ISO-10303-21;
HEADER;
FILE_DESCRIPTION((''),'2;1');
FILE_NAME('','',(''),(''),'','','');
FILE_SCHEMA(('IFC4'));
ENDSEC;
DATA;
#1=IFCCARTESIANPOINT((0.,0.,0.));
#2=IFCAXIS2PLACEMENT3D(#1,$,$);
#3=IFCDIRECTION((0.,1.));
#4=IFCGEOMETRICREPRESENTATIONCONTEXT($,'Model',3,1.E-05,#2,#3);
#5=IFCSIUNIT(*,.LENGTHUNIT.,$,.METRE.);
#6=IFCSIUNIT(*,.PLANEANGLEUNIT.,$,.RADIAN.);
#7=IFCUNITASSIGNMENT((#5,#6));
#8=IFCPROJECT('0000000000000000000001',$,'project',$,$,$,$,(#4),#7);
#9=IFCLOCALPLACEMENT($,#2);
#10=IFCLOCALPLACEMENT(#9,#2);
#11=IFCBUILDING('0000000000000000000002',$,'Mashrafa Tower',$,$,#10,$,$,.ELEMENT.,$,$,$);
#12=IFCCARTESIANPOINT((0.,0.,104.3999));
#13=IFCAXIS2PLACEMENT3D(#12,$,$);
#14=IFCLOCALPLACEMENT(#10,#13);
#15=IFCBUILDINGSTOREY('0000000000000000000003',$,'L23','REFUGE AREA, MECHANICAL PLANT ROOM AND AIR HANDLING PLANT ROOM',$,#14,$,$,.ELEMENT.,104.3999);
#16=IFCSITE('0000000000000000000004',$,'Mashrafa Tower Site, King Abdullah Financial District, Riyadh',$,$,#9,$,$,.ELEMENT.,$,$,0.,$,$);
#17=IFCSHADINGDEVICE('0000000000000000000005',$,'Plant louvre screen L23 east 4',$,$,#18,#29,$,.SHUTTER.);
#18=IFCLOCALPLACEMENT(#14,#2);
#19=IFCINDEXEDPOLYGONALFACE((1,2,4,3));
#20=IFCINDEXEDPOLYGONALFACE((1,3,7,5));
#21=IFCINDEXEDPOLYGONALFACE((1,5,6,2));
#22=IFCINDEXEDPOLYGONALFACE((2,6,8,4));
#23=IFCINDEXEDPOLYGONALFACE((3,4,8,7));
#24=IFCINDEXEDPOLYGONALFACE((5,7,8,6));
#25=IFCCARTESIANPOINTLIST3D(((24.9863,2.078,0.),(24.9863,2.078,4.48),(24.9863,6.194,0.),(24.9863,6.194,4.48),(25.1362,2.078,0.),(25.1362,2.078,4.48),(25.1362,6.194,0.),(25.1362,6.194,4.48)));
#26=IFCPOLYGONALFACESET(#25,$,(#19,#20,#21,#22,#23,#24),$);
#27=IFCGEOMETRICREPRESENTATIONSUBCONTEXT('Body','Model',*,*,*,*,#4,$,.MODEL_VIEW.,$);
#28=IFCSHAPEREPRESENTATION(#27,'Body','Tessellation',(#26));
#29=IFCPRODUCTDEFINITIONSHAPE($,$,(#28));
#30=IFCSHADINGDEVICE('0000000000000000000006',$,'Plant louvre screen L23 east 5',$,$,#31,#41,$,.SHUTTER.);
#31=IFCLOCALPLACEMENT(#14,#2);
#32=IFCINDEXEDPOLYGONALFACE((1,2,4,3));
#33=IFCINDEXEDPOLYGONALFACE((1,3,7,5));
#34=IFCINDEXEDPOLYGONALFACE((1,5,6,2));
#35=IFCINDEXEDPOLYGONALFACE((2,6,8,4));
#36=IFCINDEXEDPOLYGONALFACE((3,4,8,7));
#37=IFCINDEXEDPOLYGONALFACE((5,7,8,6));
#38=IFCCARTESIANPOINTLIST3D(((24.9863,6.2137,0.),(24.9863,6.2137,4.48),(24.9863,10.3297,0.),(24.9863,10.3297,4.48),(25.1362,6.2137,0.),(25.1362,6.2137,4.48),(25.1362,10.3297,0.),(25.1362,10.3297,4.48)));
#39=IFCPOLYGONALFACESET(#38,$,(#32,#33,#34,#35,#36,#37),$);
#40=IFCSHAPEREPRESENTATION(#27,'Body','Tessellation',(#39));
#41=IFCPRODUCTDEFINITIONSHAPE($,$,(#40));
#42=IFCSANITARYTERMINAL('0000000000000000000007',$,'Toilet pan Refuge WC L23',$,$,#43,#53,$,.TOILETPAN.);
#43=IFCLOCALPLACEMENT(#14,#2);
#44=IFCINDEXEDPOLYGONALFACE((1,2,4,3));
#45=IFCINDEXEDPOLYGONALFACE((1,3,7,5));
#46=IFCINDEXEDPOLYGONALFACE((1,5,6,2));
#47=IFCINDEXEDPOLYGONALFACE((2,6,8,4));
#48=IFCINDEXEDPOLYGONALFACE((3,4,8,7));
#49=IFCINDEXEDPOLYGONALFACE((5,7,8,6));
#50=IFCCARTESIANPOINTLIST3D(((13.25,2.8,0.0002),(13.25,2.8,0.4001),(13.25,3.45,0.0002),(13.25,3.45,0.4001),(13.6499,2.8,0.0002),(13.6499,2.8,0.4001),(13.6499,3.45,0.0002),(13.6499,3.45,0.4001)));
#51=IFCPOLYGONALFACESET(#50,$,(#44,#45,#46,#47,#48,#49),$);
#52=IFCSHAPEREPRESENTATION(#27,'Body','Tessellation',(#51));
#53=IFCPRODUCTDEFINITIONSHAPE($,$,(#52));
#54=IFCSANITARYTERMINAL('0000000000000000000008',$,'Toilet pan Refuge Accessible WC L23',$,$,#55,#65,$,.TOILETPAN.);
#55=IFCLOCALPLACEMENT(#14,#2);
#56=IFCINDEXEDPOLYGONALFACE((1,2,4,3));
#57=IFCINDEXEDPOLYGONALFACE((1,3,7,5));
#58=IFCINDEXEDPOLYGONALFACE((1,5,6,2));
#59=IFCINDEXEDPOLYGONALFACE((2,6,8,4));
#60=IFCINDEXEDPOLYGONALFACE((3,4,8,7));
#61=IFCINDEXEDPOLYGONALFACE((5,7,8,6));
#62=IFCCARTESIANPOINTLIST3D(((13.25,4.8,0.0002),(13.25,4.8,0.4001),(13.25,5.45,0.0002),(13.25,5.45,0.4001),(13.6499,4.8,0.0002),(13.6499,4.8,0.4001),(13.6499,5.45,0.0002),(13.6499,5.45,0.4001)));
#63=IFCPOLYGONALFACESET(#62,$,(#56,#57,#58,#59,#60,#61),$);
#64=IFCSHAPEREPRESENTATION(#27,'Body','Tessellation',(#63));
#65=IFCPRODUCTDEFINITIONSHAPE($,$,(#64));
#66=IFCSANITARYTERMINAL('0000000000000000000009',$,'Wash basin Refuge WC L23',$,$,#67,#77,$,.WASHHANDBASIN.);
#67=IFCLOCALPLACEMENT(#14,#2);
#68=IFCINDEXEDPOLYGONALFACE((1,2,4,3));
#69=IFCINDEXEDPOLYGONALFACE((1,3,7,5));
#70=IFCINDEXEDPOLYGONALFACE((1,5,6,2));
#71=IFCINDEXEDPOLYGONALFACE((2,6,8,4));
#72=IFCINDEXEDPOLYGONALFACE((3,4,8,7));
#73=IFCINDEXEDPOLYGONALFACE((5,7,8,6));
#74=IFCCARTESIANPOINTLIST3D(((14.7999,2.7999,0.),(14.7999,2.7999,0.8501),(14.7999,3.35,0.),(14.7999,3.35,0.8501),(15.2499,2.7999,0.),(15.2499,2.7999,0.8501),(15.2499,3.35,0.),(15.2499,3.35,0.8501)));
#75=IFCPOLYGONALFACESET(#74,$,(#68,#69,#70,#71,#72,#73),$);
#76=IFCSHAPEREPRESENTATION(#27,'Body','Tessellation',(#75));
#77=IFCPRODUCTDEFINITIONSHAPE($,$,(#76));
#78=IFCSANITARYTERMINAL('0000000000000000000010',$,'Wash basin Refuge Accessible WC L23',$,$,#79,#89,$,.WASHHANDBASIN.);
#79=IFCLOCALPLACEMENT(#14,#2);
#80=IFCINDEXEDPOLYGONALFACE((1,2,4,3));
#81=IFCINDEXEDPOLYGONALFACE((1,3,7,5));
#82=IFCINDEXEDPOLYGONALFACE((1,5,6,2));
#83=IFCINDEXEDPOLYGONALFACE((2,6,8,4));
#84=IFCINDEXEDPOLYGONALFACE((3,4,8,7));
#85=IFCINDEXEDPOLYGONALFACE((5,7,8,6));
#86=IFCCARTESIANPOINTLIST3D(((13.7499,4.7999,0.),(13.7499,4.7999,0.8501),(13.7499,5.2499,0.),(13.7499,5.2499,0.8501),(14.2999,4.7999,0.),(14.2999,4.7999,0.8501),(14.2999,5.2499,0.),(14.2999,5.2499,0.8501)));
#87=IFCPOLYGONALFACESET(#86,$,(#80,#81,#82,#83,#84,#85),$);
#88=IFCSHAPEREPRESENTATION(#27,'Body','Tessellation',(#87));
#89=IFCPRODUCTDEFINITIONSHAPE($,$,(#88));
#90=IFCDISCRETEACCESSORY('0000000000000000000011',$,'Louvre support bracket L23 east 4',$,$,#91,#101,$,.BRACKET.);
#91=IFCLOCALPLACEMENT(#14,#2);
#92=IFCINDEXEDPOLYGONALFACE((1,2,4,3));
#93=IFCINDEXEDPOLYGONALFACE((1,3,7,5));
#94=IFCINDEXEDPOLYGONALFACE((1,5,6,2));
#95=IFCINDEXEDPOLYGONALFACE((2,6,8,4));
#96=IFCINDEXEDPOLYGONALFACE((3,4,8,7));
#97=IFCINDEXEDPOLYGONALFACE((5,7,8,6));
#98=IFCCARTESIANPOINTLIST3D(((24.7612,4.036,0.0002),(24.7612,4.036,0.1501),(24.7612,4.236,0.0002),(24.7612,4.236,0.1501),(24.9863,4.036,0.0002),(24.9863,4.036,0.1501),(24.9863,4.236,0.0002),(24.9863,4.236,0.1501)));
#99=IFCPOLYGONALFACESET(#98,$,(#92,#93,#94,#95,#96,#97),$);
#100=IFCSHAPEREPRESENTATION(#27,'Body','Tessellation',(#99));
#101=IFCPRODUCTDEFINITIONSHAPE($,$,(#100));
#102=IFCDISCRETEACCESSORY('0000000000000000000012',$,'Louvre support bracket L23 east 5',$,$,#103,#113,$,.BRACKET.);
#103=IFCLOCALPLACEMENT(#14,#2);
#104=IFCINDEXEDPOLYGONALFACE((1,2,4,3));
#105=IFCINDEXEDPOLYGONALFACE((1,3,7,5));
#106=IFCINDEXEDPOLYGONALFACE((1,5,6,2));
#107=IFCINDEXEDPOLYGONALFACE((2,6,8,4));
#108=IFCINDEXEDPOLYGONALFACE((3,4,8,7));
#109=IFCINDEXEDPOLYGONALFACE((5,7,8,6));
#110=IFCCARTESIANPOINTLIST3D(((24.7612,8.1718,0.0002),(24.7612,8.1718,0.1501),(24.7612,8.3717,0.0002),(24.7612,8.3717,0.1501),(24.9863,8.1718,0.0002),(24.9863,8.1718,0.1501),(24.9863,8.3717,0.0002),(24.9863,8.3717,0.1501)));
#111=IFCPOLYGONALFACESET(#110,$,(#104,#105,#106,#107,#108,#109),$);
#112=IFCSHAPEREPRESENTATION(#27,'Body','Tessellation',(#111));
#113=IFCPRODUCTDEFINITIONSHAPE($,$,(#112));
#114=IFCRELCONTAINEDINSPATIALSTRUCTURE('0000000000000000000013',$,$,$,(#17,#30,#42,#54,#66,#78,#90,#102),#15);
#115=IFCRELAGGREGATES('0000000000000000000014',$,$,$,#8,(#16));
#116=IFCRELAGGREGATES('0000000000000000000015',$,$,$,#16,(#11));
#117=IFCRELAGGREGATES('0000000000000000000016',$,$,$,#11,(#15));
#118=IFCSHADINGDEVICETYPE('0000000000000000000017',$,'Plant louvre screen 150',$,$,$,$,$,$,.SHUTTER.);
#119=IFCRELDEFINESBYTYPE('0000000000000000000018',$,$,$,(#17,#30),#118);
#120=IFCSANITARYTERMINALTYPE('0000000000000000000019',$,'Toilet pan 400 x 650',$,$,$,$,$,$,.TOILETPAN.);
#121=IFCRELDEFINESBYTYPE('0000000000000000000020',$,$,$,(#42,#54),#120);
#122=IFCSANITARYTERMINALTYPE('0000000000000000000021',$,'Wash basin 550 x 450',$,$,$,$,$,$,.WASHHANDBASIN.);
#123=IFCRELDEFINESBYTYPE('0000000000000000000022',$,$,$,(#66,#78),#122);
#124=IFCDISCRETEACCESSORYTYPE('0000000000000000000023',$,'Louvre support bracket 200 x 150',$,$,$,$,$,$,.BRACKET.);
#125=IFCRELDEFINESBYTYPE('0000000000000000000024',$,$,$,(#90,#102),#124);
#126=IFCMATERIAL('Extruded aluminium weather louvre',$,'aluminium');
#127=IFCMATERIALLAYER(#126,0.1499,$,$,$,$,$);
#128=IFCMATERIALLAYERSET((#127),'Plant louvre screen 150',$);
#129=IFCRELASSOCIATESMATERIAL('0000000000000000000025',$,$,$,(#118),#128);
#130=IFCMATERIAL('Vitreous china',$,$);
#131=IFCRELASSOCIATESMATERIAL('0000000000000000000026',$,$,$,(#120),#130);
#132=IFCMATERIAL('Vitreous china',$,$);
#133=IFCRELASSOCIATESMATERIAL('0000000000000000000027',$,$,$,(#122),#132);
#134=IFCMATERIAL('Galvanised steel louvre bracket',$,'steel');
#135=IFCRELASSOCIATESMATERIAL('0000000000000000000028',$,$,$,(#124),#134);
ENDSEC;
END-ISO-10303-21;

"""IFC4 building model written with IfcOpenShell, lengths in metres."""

from ifc_helpers import new_model, si_unit, direction, frame, origin, origin_2d, place, context, subcontext, project, spatial, rectangle, extrude, source, transform, mapped, material, layer, layer_set, type_object, type_shapes, element, save


model = new_model("IFC4")

# Units and contexts
model_context = context("Model", 3, precision=1e-05, world=origin(), true_north=direction((0.0, 1.0)))
body_context = subcontext(model_context, "Body", "Model", "MODEL_VIEW")
ifc_project = project(units=[si_unit("LENGTHUNIT", "METRE"), si_unit("PLANEANGLEUNIT", "RADIAN")], contexts=[model_context])

# Site, building, storey
site_placement = place(None, origin())
site = spatial("IfcSite", under=ifc_project, at=site_placement, Name="Mashrafa Tower Site, King Abdullah Financial District, Riyadh", CompositionType="ELEMENT", RefElevation=0.0)
building_placement = place(site_placement, origin())
building = spatial("IfcBuilding", under=site, at=building_placement, Name="Mashrafa Tower", CompositionType="ELEMENT")
storey_placement = place(building_placement, frame((0.0, 0.0, 104.3999)))
storey = spatial("IfcBuildingStorey", under=building, at=storey_placement, Name="L23", Description="REFUGE AREA, MECHANICAL PLANT ROOM AND AIR HANDLING PLANT ROOM", CompositionType="ELEMENT", Elevation=104.3999)

# Shading devices
ifc_material_1 = material(Name="Extruded aluminium weather louvre", Category="aluminium")
ifc_layer_1 = layer(ifc_material_1, 0.1499)
ifc_layer_set_1 = layer_set([ifc_layer_1], Name="Plant louvre screen 150")
shading_device_type = type_object("IfcShadingDeviceType", Name="Plant louvre screen 150", PredefinedType="SHUTTER", material=ifc_layer_set_1)
shared_shape_1 = source(origin(), body_context, "Body", "SweptSolid", [
    extrude(rectangle(XDim=4.116, YDim=0.1499, at=origin_2d()), origin(), (0.0, 0.0, 1.0), 4.48),
])
type_shapes(shading_device_type, [shared_shape_1])
for number, where, z_axis, x_axis, name in (
    (1, (25.0613, 4.136, 0.0), (0.0, 0.0, 1.0), (0.0, 1.0, 0.0), "Plant louvre screen L23 east 4"),
    (2, (25.0613, 8.2717, 0.0), (0.0, 0.0, 1.0), (0.0, 1.0, 0.0), "Plant louvre screen L23 east 5"),
):
    element("IfcShadingDevice", number, at=place(storey_placement, frame(where, z_axis=z_axis, x_axis=x_axis)), inside=storey, type_object=shading_device_type, Name=name, PredefinedType="SHUTTER", context=body_context, shape_type="MappedRepresentation", body=[
        mapped(shared_shape_1, transform((0.0, 0.0, 0.0))),
    ])

# Sanitary terminals
ifc_material_2 = material(Name="Vitreous china")
sanitary_terminal_type_1 = type_object("IfcSanitaryTerminalType", Name="Toilet pan 400 x 650", PredefinedType="TOILETPAN", material=ifc_material_2)
for number, where, z_axis, x_axis, name in (
    (3, (13.45, 3.125, 0.0002), (0.0, 0.0, 1.0), (1.0, 0.0, 0.0), "Toilet pan Refuge WC L23"),
    (4, (13.45, 5.125, 0.0002), (0.0, 0.0, 1.0), (1.0, 0.0, 0.0), "Toilet pan Refuge Accessible WC L23"),
):
    element("IfcSanitaryTerminal", number, at=place(storey_placement, frame(where, z_axis=z_axis, x_axis=x_axis)), inside=storey, type_object=sanitary_terminal_type_1, Name=name, PredefinedType="TOILETPAN", context=body_context, shape_type="SweptSolid", body=[
        extrude(rectangle(XDim=0.3999, YDim=0.6499, at=origin_2d()), origin(), (0.0, 0.0, 1.0), 0.3999),
    ])
ifc_material_3 = material(Name="Vitreous china")
sanitary_terminal_type_2 = type_object("IfcSanitaryTerminalType", Name="Wash basin 550 x 450", PredefinedType="WASHHANDBASIN", material=ifc_material_3)
for number, where, z_axis, x_axis, name in (
    (5, (15.0249, 3.075, 0.0), (0.0, 0.0, 1.0), (0.0, 1.0, 0.0), "Wash basin Refuge WC L23"),
    (6, (14.0249, 5.0249, 0.0), (0.0, 0.0, 1.0), (1.0, 0.0, 0.0), "Wash basin Refuge Accessible WC L23"),
):
    element("IfcSanitaryTerminal", number, at=place(storey_placement, frame(where, z_axis=z_axis, x_axis=x_axis)), inside=storey, type_object=sanitary_terminal_type_2, Name=name, PredefinedType="WASHHANDBASIN", context=body_context, shape_type="SweptSolid", body=[
        extrude(rectangle(XDim=0.55, YDim=0.45, at=origin_2d()), origin(), (0.0, 0.0, 1.0), 0.8501),
    ])

# Discrete accessories
ifc_material_4 = material(Name="Galvanised steel louvre bracket", Category="steel")
discrete_accessory_type = type_object("IfcDiscreteAccessoryType", Name="Louvre support bracket 200 x 150", PredefinedType="BRACKET", material=ifc_material_4)
shared_shape_2 = source(origin(), body_context, "Body", "SweptSolid", [
    extrude(rectangle(XDim=0.2, YDim=0.2251, at=origin_2d()), origin(), (0.0, 0.0, 1.0), 0.1499),
])
type_shapes(discrete_accessory_type, [shared_shape_2])
for number, where, z_axis, x_axis, name in (
    (7, (24.8738, 4.136, 0.0002), (0.0, 0.0, 1.0), (0.0, 1.0, 0.0), "Louvre support bracket L23 east 4"),
    (8, (24.8738, 8.2717, 0.0002), (0.0, 0.0, 1.0), (0.0, 1.0, 0.0), "Louvre support bracket L23 east 5"),
):
    element("IfcDiscreteAccessory", number, at=place(storey_placement, frame(where, z_axis=z_axis, x_axis=x_axis)), inside=storey, type_object=discrete_accessory_type, Name=name, PredefinedType="BRACKET", context=body_context, shape_type="MappedRepresentation", body=[
        mapped(shared_shape_2, transform((0.0, 0.0, 0.0))),
    ])

save(model, "model.ifc")
